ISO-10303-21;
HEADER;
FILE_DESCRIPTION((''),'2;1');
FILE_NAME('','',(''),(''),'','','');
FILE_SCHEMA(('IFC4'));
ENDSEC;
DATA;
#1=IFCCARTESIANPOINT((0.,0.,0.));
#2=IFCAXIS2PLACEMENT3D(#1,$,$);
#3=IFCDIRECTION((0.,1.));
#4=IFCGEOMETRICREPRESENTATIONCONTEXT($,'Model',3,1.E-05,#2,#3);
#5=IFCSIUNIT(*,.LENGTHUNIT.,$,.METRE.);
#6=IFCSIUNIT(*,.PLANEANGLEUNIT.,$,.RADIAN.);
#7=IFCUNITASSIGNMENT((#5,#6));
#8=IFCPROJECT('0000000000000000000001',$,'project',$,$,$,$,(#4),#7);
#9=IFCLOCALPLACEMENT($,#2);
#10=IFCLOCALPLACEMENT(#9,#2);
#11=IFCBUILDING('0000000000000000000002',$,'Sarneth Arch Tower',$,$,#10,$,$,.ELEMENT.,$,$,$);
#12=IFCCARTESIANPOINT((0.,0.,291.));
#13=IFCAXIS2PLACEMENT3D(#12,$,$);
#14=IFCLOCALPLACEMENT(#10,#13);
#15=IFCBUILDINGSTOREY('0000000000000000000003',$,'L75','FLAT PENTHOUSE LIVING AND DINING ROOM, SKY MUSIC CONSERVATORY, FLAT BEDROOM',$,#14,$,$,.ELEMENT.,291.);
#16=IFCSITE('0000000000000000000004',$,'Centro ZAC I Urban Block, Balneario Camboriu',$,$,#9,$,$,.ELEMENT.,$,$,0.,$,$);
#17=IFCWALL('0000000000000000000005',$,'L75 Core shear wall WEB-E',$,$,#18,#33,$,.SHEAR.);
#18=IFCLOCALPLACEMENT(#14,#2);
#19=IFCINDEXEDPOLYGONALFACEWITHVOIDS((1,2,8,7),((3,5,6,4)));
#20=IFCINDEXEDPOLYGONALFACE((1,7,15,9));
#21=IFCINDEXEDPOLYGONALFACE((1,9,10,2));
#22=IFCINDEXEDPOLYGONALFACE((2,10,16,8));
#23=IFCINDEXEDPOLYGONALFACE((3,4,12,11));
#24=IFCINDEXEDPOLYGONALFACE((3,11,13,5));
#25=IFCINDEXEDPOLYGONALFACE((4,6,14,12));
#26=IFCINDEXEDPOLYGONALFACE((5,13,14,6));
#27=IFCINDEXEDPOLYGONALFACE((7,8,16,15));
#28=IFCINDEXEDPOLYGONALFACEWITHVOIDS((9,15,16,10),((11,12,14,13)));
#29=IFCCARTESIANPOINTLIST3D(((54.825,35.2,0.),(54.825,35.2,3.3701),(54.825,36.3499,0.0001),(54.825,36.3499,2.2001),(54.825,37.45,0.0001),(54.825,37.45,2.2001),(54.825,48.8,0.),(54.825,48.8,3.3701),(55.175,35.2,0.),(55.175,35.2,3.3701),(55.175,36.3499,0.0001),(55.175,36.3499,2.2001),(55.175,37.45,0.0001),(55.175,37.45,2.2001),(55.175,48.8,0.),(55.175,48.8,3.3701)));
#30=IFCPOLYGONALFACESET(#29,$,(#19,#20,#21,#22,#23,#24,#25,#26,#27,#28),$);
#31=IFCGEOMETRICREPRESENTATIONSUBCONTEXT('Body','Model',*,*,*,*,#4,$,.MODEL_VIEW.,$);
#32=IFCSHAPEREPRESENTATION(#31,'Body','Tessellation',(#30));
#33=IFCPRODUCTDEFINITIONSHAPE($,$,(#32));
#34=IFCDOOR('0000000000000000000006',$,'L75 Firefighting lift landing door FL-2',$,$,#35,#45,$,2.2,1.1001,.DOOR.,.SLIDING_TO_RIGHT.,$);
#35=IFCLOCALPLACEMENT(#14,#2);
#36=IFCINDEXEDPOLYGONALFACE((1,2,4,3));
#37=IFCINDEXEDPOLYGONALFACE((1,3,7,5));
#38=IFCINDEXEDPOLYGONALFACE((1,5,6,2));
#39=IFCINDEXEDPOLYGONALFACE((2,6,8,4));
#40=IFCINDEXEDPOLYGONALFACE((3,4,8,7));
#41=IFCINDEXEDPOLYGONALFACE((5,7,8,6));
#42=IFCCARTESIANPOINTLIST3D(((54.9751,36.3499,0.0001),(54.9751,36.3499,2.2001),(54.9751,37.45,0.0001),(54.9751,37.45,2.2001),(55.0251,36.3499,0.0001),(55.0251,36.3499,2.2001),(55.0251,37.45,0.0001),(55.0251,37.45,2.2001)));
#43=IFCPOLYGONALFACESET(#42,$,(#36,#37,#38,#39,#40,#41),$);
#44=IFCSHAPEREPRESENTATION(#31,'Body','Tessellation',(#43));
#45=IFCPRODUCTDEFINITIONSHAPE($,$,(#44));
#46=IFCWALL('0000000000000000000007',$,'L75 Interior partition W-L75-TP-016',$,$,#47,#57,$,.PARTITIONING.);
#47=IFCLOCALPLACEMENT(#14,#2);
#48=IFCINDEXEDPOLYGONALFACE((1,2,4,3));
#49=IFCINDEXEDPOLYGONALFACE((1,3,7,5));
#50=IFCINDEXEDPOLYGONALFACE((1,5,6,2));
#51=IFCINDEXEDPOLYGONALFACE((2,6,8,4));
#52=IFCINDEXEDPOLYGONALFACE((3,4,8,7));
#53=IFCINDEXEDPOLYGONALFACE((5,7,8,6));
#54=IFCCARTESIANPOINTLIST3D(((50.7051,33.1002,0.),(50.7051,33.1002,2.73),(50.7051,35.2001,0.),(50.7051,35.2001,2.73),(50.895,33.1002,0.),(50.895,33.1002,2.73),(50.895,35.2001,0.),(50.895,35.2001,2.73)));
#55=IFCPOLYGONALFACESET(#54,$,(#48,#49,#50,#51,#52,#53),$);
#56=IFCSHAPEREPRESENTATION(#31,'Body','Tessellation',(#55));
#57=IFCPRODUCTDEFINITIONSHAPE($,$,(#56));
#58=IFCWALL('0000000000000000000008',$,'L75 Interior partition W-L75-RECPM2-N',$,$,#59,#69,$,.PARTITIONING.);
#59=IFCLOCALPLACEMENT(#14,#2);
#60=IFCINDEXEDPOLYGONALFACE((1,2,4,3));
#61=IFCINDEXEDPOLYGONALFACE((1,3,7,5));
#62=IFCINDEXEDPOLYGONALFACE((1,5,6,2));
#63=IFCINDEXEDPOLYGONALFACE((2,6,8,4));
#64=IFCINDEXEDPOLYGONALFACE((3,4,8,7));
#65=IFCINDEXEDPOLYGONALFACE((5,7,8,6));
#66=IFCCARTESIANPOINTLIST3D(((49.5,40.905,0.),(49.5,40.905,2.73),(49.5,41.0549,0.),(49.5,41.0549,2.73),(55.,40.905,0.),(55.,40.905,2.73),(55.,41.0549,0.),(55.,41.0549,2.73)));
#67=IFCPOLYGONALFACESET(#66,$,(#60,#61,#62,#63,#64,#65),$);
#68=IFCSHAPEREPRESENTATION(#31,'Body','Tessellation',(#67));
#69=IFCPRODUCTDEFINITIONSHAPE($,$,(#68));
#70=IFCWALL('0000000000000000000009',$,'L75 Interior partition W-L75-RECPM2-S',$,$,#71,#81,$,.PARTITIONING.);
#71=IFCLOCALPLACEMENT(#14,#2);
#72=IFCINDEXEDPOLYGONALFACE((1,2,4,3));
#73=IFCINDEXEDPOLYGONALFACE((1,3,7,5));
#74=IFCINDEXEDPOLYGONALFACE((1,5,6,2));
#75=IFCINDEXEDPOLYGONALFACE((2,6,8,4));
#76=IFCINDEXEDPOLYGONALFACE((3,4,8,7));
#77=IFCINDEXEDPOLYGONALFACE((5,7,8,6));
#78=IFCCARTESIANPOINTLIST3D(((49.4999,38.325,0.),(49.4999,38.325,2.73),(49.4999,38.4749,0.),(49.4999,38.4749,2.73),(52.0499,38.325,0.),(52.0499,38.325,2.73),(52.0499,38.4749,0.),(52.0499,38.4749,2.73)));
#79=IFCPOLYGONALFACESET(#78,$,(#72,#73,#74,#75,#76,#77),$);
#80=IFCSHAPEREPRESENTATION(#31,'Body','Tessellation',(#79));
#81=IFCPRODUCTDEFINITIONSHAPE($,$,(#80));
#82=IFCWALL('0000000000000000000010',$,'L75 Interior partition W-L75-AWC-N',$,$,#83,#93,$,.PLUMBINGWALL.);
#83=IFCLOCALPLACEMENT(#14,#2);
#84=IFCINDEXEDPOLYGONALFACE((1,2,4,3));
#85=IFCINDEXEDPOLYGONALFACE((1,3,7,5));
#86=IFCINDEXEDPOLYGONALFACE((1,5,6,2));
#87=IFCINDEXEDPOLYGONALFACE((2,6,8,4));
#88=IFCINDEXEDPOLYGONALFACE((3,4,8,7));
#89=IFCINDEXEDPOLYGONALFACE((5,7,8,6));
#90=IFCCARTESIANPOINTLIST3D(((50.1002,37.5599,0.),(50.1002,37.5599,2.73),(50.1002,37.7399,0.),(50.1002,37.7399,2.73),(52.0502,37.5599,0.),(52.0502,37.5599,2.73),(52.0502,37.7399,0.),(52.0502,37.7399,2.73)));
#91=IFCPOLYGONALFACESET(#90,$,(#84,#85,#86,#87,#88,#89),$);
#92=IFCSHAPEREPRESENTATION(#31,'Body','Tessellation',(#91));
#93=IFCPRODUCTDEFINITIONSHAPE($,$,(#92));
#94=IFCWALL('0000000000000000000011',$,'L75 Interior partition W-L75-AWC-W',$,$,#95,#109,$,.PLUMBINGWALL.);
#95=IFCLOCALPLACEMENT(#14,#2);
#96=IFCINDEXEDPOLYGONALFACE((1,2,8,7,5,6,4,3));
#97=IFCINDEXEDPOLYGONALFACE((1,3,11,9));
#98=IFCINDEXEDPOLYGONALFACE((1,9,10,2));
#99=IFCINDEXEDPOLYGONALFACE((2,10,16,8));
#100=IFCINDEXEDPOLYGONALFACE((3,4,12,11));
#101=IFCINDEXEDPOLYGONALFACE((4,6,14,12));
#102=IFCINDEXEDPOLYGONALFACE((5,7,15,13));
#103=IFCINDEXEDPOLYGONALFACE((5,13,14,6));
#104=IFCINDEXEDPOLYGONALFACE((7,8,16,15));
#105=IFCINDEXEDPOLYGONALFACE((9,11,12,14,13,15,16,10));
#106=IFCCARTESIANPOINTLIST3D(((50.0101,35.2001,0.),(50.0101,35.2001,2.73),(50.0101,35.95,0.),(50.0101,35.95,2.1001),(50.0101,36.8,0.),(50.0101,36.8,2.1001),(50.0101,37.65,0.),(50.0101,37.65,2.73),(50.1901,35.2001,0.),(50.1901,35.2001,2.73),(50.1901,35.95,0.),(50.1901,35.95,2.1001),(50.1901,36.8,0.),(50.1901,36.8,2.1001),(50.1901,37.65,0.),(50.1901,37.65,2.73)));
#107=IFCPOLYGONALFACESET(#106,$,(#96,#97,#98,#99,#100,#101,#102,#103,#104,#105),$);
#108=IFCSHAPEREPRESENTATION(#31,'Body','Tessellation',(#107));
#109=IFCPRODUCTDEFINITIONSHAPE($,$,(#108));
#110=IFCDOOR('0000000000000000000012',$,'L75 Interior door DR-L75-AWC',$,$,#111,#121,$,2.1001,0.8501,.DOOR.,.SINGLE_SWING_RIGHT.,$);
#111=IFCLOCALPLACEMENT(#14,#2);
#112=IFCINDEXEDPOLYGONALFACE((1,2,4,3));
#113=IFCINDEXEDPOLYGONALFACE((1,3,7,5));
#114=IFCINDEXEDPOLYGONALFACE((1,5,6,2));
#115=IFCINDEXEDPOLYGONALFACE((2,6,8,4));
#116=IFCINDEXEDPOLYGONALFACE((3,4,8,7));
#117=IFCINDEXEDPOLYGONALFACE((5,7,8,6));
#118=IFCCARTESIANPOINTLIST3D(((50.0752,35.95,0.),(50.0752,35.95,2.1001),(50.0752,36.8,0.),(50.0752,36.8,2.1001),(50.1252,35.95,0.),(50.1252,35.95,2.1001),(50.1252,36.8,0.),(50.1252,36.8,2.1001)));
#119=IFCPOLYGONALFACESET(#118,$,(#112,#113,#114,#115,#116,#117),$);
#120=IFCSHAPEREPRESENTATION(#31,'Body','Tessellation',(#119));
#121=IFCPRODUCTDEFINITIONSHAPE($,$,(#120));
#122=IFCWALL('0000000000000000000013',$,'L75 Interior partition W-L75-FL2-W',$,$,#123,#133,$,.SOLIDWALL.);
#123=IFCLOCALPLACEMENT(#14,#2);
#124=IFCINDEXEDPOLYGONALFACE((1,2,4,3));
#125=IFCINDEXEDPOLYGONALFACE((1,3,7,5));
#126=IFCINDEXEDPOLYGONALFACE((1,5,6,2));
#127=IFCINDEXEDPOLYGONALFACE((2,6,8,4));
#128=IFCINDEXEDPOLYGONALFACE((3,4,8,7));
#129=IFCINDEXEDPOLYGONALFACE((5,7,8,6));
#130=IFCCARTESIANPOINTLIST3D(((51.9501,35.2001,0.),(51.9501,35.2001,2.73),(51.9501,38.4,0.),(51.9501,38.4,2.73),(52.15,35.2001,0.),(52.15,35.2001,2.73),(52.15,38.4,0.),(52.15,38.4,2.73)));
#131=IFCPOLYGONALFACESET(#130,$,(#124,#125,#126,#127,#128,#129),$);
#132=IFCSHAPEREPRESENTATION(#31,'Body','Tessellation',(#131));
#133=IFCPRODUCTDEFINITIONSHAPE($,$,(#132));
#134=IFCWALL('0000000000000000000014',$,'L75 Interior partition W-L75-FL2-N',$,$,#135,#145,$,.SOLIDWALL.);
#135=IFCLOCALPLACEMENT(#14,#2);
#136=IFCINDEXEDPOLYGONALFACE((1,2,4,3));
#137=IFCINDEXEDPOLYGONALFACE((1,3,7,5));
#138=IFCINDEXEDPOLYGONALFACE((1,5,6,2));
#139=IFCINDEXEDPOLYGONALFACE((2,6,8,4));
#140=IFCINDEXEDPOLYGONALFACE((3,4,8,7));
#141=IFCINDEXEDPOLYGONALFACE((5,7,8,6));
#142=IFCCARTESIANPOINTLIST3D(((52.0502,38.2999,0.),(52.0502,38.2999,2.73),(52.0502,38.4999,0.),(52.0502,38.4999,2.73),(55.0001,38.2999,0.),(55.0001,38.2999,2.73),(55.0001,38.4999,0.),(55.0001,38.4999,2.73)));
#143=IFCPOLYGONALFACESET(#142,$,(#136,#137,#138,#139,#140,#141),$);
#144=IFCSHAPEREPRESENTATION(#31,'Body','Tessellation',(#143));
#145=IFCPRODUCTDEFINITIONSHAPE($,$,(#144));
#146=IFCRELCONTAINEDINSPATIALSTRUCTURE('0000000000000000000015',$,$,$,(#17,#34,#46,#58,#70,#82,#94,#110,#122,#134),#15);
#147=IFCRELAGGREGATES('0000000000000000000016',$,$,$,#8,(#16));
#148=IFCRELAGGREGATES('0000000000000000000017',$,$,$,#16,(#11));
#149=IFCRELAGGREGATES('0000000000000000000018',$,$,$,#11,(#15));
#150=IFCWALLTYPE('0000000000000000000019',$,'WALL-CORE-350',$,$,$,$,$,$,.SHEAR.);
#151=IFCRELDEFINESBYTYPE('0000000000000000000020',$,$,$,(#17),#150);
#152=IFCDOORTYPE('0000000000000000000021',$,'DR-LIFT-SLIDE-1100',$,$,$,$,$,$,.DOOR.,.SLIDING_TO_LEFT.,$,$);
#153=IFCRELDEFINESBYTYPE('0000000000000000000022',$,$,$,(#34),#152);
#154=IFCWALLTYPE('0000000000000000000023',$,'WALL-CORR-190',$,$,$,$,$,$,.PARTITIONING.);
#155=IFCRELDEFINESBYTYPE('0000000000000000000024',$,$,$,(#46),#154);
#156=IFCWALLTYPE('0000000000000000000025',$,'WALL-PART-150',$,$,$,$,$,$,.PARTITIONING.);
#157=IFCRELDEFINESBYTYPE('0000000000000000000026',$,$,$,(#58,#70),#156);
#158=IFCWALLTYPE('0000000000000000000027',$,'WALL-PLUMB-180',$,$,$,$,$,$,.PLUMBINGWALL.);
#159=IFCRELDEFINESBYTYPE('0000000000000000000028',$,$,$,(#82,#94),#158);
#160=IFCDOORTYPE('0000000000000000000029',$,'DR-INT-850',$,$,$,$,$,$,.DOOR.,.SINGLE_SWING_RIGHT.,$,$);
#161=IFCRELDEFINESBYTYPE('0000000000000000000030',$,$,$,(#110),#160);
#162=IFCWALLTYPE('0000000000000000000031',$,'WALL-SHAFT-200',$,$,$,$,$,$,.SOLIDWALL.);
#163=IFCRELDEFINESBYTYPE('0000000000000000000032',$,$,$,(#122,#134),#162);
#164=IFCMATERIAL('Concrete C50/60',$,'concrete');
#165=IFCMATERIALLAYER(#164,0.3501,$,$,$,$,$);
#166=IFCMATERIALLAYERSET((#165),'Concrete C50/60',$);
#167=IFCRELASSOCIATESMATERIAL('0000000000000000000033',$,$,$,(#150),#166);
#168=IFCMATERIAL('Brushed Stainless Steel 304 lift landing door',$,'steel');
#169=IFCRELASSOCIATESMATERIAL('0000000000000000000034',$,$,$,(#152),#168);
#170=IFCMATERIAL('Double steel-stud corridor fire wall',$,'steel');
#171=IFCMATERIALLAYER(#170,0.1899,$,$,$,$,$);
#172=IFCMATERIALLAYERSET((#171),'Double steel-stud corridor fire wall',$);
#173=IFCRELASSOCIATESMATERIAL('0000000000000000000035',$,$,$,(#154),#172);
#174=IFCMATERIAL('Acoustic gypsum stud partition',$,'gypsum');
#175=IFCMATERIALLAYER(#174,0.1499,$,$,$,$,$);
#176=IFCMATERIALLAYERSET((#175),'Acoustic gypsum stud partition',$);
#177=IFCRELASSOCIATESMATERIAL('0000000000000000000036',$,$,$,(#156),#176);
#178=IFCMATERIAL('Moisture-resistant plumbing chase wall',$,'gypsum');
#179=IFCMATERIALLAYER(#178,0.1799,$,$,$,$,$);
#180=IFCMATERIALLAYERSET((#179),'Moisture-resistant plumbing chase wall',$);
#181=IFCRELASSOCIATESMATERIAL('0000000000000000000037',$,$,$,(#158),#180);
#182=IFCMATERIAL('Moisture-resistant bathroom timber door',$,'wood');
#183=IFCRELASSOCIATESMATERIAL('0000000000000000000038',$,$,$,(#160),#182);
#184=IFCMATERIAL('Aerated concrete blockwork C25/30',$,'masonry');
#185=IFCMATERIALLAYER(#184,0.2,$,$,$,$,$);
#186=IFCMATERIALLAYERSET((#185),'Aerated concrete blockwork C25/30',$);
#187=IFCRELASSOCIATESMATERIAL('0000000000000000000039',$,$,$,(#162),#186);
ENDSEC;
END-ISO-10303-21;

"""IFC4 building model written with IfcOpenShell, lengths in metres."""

from ifc_helpers import new_model, si_unit, direction, frame, frame_2d, origin, place, context, subcontext, project, spatial, rectangle, extrude, material, layer, layer_set, type_object, element, fill, save


model = new_model("IFC4")

# Units and contexts
model_context = context("Model", 3, precision=1e-05, world=origin(), true_north=direction((0.0, 1.0)))
body_context = subcontext(model_context, "Body", "Model", "MODEL_VIEW")
ifc_project = project(units=[si_unit("LENGTHUNIT", "METRE"), si_unit("PLANEANGLEUNIT", "RADIAN")], contexts=[model_context])

# Site, building, storey
site_placement = place(None, origin())
site = spatial("IfcSite", under=ifc_project, at=site_placement, Name="Centro ZAC I Urban Block, Balneario Camboriu", CompositionType="ELEMENT", RefElevation=0.0)
building_placement = place(site_placement, origin())
building = spatial("IfcBuilding", under=site, at=building_placement, Name="Sarneth Arch Tower", CompositionType="ELEMENT")
storey_placement = place(building_placement, frame((0.0, 0.0, 291.0)))
storey = spatial("IfcBuildingStorey", under=building, at=storey_placement, Name="L75", Description="FLAT PENTHOUSE LIVING AND DINING ROOM, SKY MUSIC CONSERVATORY, FLAT BEDROOM", CompositionType="ELEMENT", Elevation=291.0)

# Shared definitions
ifc_material_1 = material(Name="Concrete C50/60", Category="concrete")
ifc_layer_1 = layer(ifc_material_1, 0.3501)
ifc_layer_set_1 = layer_set([ifc_layer_1], Name="Concrete C50/60")
wall_type_1 = type_object("IfcWallType", Name="WALL-CORE-350", PredefinedType="SHEAR", material=ifc_layer_set_1)

# Wall, opening, door
wall_1_placement = place(storey_placement, frame((55.0, 35.2, 0.0), z_axis=(0.0, 0.0, 1.0), x_axis=(0.0, 1.0, 0.0)))
wall_1 = element("IfcWall", 1, at=wall_1_placement, inside=storey, type_object=wall_type_1, Name="L75 Core shear wall WEB-E", PredefinedType="SHEAR", context=body_context, shape_type="SweptSolid", body=[
    extrude(rectangle(XDim=13.6001, YDim=0.3501, at=frame_2d((6.8, 0.0))), origin(), (0.0, 0.0, 1.0), 3.3701),
])
opening_1_placement = place(wall_1_placement, frame((1.1499, 0.0, 0.0)))
opening_1 = element("IfcOpeningElement", 2, at=opening_1_placement, cuts=wall_1, PredefinedType="OPENING", context=body_context, shape_type="SweptSolid", body=[
    extrude(rectangle(XDim=1.1001, YDim=2.2, at=frame_2d((0.55, 1.1001))), frame((0.0, 0.1851, 0.0), z_axis=(0.0, -1.0, 0.0), x_axis=(1.0, 0.0, 0.0)), (0.0, 0.0, 1.0), 0.3701),
])
ifc_material_2 = material(Name="Brushed Stainless Steel 304 lift landing door", Category="steel")
door_type_1 = type_object("IfcDoorType", Name="DR-LIFT-SLIDE-1100", OperationType="SLIDING_TO_LEFT", PredefinedType="DOOR", material=ifc_material_2)
door_1_placement = place(opening_1_placement, origin())
door_1 = element("IfcDoor", 3, at=door_1_placement, inside=storey, type_object=door_type_1, Name="L75 Firefighting lift landing door FL-2", OperationType="SLIDING_TO_RIGHT", OverallHeight=2.2, OverallWidth=1.1001, PredefinedType="DOOR", context=body_context, shape_type="SweptSolid", body=[
    extrude(rectangle(XDim=1.1001, YDim=2.2, at=frame_2d((0.55, 1.1001))), frame((0.0, 0.0249, 0.0), z_axis=(0.0, -1.0, 0.0), x_axis=(1.0, 0.0, 0.0)), (0.0, 0.0, 1.0), 0.05),
])
fill(opening_1, door_1)

# Walls
ifc_material_3 = material(Name="Double steel-stud corridor fire wall", Category="steel")
ifc_layer_2 = layer(ifc_material_3, 0.1899)
ifc_layer_set_2 = layer_set([ifc_layer_2], Name="Double steel-stud corridor fire wall")
wall_type_2 = type_object("IfcWallType", Name="WALL-CORR-190", PredefinedType="PARTITIONING", material=ifc_layer_set_2)
wall_2_placement = place(storey_placement, frame((50.8, 35.2, 0.0), z_axis=(0.0, 0.0, 1.0), x_axis=(0.0, -1.0, 0.0)))
element("IfcWall", 4, at=wall_2_placement, inside=storey, type_object=wall_type_2, Name="L75 Interior partition W-L75-TP-016", PredefinedType="PARTITIONING", context=body_context, shape_type="SweptSolid", body=[
    extrude(rectangle(XDim=2.0999, YDim=0.1899, at=frame_2d((1.0498, 0.0))), origin(), (0.0, 0.0, 1.0), 2.73),
])
ifc_material_4 = material(Name="Acoustic gypsum stud partition", Category="gypsum")
ifc_layer_3 = layer(ifc_material_4, 0.1499)
ifc_layer_set_3 = layer_set([ifc_layer_3], Name="Acoustic gypsum stud partition")
wall_type_3 = type_object("IfcWallType", Name="WALL-PART-150", PredefinedType="PARTITIONING", material=ifc_layer_set_3)
wall_3_placement = place(storey_placement, frame((49.5, 40.98, 0.0), z_axis=(0.0, 0.0, 1.0), x_axis=(1.0, 0.0, 0.0)))
element("IfcWall", 5, at=wall_3_placement, inside=storey, type_object=wall_type_3, Name="L75 Interior partition W-L75-RECPM2-N", PredefinedType="PARTITIONING", context=body_context, shape_type="SweptSolid", body=[
    extrude(rectangle(XDim=5.5, YDim=0.1499, at=frame_2d((2.75, 0.0))), origin(), (0.0, 0.0, 1.0), 2.73),
])
wall_4_placement = place(storey_placement, frame((49.5, 38.3999, 0.0), z_axis=(0.0, 0.0, 1.0), x_axis=(1.0, 0.0, 0.0)))
element("IfcWall", 6, at=wall_4_placement, inside=storey, type_object=wall_type_3, Name="L75 Interior partition W-L75-RECPM2-S", PredefinedType="PARTITIONING", context=body_context, shape_type="SweptSolid", body=[
    extrude(rectangle(XDim=2.55, YDim=0.1499, at=frame_2d((1.2749, 0.0))), origin(), (0.0, 0.0, 1.0), 2.73),
])

# Wall
ifc_material_5 = material(Name="Moisture-resistant plumbing chase wall", Category="gypsum")
ifc_layer_4 = layer(ifc_material_5, 0.1799)
ifc_layer_set_4 = layer_set([ifc_layer_4], Name="Moisture-resistant plumbing chase wall")
wall_type_4 = type_object("IfcWallType", Name="WALL-PLUMB-180", PredefinedType="PLUMBINGWALL", material=ifc_layer_set_4)
wall_5_placement = place(storey_placement, frame((50.1001, 37.6499, 0.0), z_axis=(0.0, 0.0, 1.0), x_axis=(1.0, 0.0, 0.0)))
element("IfcWall", 7, at=wall_5_placement, inside=storey, type_object=wall_type_4, Name="L75 Interior partition W-L75-AWC-N", PredefinedType="PLUMBINGWALL", context=body_context, shape_type="SweptSolid", body=[
    extrude(rectangle(XDim=1.95, YDim=0.1799, at=frame_2d((0.9751, 0.0))), origin(), (0.0, 0.0, 1.0), 2.73),
])

# Wall, opening, door
wall_6_placement = place(storey_placement, frame((50.1001, 35.2, 0.0), z_axis=(0.0, 0.0, 1.0), x_axis=(0.0, 1.0, 0.0)))
wall_6 = element("IfcWall", 8, at=wall_6_placement, inside=storey, type_object=wall_type_4, Name="L75 Interior partition W-L75-AWC-W", PredefinedType="PLUMBINGWALL", context=body_context, shape_type="SweptSolid", body=[
    extrude(rectangle(XDim=2.45, YDim=0.1799, at=frame_2d((1.2251, 0.0))), origin(), (0.0, 0.0, 1.0), 2.73),
])
opening_2_placement = place(wall_6_placement, frame((0.75, 0.0, 0.0)))
opening_2 = element("IfcOpeningElement", 9, at=opening_2_placement, cuts=wall_6, PredefinedType="OPENING", context=body_context, shape_type="SweptSolid", body=[
    extrude(rectangle(XDim=0.8501, YDim=2.1001, at=frame_2d((0.425, 1.05))), frame((0.0, 0.0999, 0.0), z_axis=(0.0, -1.0, 0.0), x_axis=(1.0, 0.0, 0.0)), (0.0, 0.0, 1.0), 0.2),
])
ifc_material_6 = material(Name="Moisture-resistant bathroom timber door", Category="wood")
door_type_2 = type_object("IfcDoorType", Name="DR-INT-850", OperationType="SINGLE_SWING_RIGHT", PredefinedType="DOOR", material=ifc_material_6)
door_2_placement = place(opening_2_placement, origin())
door_2 = element("IfcDoor", 10, at=door_2_placement, inside=storey, type_object=door_type_2, Name="L75 Interior door DR-L75-AWC", OperationType="SINGLE_SWING_RIGHT", OverallHeight=2.1001, OverallWidth=0.8501, PredefinedType="DOOR", context=body_context, shape_type="SweptSolid", body=[
    extrude(rectangle(XDim=0.8501, YDim=2.1001, at=frame_2d((0.425, 1.05))), frame((0.0, 0.0249, 0.0), z_axis=(0.0, -1.0, 0.0), x_axis=(1.0, 0.0, 0.0)), (0.0, 0.0, 1.0), 0.05),
])
fill(opening_2, door_2)
ifc_material_7 = material(Name="Aerated concrete blockwork C25/30", Category="masonry")
ifc_layer_5 = layer(ifc_material_7, 0.2)
ifc_layer_set_5 = layer_set([ifc_layer_5], Name="Aerated concrete blockwork C25/30")
wall_type_5 = type_object("IfcWallType", Name="WALL-SHAFT-200", PredefinedType="SOLIDWALL", material=ifc_layer_set_5)

# Walls
wall_7_placement = place(storey_placement, frame((52.05, 35.2, 0.0), z_axis=(0.0, 0.0, 1.0), x_axis=(0.0, 1.0, 0.0)))
element("IfcWall", 11, at=wall_7_placement, inside=storey, type_object=wall_type_5, Name="L75 Interior partition W-L75-FL2-W", PredefinedType="SOLIDWALL", context=body_context, shape_type="SweptSolid", body=[
    extrude(rectangle(XDim=3.2, YDim=0.2, at=frame_2d((1.6001, 0.0))), origin(), (0.0, 0.0, 1.0), 2.73),
])
wall_8_placement = place(storey_placement, frame((52.05, 38.3999, 0.0), z_axis=(0.0, 0.0, 1.0), x_axis=(1.0, 0.0, 0.0)))
element("IfcWall", 12, at=wall_8_placement, inside=storey, type_object=wall_type_5, Name="L75 Interior partition W-L75-FL2-N", PredefinedType="SOLIDWALL", context=body_context, shape_type="SweptSolid", body=[
    extrude(rectangle(XDim=2.95, YDim=0.2, at=frame_2d((1.4751, 0.0))), origin(), (0.0, 0.0, 1.0), 2.73),
])

save(model, "model.ifc")
